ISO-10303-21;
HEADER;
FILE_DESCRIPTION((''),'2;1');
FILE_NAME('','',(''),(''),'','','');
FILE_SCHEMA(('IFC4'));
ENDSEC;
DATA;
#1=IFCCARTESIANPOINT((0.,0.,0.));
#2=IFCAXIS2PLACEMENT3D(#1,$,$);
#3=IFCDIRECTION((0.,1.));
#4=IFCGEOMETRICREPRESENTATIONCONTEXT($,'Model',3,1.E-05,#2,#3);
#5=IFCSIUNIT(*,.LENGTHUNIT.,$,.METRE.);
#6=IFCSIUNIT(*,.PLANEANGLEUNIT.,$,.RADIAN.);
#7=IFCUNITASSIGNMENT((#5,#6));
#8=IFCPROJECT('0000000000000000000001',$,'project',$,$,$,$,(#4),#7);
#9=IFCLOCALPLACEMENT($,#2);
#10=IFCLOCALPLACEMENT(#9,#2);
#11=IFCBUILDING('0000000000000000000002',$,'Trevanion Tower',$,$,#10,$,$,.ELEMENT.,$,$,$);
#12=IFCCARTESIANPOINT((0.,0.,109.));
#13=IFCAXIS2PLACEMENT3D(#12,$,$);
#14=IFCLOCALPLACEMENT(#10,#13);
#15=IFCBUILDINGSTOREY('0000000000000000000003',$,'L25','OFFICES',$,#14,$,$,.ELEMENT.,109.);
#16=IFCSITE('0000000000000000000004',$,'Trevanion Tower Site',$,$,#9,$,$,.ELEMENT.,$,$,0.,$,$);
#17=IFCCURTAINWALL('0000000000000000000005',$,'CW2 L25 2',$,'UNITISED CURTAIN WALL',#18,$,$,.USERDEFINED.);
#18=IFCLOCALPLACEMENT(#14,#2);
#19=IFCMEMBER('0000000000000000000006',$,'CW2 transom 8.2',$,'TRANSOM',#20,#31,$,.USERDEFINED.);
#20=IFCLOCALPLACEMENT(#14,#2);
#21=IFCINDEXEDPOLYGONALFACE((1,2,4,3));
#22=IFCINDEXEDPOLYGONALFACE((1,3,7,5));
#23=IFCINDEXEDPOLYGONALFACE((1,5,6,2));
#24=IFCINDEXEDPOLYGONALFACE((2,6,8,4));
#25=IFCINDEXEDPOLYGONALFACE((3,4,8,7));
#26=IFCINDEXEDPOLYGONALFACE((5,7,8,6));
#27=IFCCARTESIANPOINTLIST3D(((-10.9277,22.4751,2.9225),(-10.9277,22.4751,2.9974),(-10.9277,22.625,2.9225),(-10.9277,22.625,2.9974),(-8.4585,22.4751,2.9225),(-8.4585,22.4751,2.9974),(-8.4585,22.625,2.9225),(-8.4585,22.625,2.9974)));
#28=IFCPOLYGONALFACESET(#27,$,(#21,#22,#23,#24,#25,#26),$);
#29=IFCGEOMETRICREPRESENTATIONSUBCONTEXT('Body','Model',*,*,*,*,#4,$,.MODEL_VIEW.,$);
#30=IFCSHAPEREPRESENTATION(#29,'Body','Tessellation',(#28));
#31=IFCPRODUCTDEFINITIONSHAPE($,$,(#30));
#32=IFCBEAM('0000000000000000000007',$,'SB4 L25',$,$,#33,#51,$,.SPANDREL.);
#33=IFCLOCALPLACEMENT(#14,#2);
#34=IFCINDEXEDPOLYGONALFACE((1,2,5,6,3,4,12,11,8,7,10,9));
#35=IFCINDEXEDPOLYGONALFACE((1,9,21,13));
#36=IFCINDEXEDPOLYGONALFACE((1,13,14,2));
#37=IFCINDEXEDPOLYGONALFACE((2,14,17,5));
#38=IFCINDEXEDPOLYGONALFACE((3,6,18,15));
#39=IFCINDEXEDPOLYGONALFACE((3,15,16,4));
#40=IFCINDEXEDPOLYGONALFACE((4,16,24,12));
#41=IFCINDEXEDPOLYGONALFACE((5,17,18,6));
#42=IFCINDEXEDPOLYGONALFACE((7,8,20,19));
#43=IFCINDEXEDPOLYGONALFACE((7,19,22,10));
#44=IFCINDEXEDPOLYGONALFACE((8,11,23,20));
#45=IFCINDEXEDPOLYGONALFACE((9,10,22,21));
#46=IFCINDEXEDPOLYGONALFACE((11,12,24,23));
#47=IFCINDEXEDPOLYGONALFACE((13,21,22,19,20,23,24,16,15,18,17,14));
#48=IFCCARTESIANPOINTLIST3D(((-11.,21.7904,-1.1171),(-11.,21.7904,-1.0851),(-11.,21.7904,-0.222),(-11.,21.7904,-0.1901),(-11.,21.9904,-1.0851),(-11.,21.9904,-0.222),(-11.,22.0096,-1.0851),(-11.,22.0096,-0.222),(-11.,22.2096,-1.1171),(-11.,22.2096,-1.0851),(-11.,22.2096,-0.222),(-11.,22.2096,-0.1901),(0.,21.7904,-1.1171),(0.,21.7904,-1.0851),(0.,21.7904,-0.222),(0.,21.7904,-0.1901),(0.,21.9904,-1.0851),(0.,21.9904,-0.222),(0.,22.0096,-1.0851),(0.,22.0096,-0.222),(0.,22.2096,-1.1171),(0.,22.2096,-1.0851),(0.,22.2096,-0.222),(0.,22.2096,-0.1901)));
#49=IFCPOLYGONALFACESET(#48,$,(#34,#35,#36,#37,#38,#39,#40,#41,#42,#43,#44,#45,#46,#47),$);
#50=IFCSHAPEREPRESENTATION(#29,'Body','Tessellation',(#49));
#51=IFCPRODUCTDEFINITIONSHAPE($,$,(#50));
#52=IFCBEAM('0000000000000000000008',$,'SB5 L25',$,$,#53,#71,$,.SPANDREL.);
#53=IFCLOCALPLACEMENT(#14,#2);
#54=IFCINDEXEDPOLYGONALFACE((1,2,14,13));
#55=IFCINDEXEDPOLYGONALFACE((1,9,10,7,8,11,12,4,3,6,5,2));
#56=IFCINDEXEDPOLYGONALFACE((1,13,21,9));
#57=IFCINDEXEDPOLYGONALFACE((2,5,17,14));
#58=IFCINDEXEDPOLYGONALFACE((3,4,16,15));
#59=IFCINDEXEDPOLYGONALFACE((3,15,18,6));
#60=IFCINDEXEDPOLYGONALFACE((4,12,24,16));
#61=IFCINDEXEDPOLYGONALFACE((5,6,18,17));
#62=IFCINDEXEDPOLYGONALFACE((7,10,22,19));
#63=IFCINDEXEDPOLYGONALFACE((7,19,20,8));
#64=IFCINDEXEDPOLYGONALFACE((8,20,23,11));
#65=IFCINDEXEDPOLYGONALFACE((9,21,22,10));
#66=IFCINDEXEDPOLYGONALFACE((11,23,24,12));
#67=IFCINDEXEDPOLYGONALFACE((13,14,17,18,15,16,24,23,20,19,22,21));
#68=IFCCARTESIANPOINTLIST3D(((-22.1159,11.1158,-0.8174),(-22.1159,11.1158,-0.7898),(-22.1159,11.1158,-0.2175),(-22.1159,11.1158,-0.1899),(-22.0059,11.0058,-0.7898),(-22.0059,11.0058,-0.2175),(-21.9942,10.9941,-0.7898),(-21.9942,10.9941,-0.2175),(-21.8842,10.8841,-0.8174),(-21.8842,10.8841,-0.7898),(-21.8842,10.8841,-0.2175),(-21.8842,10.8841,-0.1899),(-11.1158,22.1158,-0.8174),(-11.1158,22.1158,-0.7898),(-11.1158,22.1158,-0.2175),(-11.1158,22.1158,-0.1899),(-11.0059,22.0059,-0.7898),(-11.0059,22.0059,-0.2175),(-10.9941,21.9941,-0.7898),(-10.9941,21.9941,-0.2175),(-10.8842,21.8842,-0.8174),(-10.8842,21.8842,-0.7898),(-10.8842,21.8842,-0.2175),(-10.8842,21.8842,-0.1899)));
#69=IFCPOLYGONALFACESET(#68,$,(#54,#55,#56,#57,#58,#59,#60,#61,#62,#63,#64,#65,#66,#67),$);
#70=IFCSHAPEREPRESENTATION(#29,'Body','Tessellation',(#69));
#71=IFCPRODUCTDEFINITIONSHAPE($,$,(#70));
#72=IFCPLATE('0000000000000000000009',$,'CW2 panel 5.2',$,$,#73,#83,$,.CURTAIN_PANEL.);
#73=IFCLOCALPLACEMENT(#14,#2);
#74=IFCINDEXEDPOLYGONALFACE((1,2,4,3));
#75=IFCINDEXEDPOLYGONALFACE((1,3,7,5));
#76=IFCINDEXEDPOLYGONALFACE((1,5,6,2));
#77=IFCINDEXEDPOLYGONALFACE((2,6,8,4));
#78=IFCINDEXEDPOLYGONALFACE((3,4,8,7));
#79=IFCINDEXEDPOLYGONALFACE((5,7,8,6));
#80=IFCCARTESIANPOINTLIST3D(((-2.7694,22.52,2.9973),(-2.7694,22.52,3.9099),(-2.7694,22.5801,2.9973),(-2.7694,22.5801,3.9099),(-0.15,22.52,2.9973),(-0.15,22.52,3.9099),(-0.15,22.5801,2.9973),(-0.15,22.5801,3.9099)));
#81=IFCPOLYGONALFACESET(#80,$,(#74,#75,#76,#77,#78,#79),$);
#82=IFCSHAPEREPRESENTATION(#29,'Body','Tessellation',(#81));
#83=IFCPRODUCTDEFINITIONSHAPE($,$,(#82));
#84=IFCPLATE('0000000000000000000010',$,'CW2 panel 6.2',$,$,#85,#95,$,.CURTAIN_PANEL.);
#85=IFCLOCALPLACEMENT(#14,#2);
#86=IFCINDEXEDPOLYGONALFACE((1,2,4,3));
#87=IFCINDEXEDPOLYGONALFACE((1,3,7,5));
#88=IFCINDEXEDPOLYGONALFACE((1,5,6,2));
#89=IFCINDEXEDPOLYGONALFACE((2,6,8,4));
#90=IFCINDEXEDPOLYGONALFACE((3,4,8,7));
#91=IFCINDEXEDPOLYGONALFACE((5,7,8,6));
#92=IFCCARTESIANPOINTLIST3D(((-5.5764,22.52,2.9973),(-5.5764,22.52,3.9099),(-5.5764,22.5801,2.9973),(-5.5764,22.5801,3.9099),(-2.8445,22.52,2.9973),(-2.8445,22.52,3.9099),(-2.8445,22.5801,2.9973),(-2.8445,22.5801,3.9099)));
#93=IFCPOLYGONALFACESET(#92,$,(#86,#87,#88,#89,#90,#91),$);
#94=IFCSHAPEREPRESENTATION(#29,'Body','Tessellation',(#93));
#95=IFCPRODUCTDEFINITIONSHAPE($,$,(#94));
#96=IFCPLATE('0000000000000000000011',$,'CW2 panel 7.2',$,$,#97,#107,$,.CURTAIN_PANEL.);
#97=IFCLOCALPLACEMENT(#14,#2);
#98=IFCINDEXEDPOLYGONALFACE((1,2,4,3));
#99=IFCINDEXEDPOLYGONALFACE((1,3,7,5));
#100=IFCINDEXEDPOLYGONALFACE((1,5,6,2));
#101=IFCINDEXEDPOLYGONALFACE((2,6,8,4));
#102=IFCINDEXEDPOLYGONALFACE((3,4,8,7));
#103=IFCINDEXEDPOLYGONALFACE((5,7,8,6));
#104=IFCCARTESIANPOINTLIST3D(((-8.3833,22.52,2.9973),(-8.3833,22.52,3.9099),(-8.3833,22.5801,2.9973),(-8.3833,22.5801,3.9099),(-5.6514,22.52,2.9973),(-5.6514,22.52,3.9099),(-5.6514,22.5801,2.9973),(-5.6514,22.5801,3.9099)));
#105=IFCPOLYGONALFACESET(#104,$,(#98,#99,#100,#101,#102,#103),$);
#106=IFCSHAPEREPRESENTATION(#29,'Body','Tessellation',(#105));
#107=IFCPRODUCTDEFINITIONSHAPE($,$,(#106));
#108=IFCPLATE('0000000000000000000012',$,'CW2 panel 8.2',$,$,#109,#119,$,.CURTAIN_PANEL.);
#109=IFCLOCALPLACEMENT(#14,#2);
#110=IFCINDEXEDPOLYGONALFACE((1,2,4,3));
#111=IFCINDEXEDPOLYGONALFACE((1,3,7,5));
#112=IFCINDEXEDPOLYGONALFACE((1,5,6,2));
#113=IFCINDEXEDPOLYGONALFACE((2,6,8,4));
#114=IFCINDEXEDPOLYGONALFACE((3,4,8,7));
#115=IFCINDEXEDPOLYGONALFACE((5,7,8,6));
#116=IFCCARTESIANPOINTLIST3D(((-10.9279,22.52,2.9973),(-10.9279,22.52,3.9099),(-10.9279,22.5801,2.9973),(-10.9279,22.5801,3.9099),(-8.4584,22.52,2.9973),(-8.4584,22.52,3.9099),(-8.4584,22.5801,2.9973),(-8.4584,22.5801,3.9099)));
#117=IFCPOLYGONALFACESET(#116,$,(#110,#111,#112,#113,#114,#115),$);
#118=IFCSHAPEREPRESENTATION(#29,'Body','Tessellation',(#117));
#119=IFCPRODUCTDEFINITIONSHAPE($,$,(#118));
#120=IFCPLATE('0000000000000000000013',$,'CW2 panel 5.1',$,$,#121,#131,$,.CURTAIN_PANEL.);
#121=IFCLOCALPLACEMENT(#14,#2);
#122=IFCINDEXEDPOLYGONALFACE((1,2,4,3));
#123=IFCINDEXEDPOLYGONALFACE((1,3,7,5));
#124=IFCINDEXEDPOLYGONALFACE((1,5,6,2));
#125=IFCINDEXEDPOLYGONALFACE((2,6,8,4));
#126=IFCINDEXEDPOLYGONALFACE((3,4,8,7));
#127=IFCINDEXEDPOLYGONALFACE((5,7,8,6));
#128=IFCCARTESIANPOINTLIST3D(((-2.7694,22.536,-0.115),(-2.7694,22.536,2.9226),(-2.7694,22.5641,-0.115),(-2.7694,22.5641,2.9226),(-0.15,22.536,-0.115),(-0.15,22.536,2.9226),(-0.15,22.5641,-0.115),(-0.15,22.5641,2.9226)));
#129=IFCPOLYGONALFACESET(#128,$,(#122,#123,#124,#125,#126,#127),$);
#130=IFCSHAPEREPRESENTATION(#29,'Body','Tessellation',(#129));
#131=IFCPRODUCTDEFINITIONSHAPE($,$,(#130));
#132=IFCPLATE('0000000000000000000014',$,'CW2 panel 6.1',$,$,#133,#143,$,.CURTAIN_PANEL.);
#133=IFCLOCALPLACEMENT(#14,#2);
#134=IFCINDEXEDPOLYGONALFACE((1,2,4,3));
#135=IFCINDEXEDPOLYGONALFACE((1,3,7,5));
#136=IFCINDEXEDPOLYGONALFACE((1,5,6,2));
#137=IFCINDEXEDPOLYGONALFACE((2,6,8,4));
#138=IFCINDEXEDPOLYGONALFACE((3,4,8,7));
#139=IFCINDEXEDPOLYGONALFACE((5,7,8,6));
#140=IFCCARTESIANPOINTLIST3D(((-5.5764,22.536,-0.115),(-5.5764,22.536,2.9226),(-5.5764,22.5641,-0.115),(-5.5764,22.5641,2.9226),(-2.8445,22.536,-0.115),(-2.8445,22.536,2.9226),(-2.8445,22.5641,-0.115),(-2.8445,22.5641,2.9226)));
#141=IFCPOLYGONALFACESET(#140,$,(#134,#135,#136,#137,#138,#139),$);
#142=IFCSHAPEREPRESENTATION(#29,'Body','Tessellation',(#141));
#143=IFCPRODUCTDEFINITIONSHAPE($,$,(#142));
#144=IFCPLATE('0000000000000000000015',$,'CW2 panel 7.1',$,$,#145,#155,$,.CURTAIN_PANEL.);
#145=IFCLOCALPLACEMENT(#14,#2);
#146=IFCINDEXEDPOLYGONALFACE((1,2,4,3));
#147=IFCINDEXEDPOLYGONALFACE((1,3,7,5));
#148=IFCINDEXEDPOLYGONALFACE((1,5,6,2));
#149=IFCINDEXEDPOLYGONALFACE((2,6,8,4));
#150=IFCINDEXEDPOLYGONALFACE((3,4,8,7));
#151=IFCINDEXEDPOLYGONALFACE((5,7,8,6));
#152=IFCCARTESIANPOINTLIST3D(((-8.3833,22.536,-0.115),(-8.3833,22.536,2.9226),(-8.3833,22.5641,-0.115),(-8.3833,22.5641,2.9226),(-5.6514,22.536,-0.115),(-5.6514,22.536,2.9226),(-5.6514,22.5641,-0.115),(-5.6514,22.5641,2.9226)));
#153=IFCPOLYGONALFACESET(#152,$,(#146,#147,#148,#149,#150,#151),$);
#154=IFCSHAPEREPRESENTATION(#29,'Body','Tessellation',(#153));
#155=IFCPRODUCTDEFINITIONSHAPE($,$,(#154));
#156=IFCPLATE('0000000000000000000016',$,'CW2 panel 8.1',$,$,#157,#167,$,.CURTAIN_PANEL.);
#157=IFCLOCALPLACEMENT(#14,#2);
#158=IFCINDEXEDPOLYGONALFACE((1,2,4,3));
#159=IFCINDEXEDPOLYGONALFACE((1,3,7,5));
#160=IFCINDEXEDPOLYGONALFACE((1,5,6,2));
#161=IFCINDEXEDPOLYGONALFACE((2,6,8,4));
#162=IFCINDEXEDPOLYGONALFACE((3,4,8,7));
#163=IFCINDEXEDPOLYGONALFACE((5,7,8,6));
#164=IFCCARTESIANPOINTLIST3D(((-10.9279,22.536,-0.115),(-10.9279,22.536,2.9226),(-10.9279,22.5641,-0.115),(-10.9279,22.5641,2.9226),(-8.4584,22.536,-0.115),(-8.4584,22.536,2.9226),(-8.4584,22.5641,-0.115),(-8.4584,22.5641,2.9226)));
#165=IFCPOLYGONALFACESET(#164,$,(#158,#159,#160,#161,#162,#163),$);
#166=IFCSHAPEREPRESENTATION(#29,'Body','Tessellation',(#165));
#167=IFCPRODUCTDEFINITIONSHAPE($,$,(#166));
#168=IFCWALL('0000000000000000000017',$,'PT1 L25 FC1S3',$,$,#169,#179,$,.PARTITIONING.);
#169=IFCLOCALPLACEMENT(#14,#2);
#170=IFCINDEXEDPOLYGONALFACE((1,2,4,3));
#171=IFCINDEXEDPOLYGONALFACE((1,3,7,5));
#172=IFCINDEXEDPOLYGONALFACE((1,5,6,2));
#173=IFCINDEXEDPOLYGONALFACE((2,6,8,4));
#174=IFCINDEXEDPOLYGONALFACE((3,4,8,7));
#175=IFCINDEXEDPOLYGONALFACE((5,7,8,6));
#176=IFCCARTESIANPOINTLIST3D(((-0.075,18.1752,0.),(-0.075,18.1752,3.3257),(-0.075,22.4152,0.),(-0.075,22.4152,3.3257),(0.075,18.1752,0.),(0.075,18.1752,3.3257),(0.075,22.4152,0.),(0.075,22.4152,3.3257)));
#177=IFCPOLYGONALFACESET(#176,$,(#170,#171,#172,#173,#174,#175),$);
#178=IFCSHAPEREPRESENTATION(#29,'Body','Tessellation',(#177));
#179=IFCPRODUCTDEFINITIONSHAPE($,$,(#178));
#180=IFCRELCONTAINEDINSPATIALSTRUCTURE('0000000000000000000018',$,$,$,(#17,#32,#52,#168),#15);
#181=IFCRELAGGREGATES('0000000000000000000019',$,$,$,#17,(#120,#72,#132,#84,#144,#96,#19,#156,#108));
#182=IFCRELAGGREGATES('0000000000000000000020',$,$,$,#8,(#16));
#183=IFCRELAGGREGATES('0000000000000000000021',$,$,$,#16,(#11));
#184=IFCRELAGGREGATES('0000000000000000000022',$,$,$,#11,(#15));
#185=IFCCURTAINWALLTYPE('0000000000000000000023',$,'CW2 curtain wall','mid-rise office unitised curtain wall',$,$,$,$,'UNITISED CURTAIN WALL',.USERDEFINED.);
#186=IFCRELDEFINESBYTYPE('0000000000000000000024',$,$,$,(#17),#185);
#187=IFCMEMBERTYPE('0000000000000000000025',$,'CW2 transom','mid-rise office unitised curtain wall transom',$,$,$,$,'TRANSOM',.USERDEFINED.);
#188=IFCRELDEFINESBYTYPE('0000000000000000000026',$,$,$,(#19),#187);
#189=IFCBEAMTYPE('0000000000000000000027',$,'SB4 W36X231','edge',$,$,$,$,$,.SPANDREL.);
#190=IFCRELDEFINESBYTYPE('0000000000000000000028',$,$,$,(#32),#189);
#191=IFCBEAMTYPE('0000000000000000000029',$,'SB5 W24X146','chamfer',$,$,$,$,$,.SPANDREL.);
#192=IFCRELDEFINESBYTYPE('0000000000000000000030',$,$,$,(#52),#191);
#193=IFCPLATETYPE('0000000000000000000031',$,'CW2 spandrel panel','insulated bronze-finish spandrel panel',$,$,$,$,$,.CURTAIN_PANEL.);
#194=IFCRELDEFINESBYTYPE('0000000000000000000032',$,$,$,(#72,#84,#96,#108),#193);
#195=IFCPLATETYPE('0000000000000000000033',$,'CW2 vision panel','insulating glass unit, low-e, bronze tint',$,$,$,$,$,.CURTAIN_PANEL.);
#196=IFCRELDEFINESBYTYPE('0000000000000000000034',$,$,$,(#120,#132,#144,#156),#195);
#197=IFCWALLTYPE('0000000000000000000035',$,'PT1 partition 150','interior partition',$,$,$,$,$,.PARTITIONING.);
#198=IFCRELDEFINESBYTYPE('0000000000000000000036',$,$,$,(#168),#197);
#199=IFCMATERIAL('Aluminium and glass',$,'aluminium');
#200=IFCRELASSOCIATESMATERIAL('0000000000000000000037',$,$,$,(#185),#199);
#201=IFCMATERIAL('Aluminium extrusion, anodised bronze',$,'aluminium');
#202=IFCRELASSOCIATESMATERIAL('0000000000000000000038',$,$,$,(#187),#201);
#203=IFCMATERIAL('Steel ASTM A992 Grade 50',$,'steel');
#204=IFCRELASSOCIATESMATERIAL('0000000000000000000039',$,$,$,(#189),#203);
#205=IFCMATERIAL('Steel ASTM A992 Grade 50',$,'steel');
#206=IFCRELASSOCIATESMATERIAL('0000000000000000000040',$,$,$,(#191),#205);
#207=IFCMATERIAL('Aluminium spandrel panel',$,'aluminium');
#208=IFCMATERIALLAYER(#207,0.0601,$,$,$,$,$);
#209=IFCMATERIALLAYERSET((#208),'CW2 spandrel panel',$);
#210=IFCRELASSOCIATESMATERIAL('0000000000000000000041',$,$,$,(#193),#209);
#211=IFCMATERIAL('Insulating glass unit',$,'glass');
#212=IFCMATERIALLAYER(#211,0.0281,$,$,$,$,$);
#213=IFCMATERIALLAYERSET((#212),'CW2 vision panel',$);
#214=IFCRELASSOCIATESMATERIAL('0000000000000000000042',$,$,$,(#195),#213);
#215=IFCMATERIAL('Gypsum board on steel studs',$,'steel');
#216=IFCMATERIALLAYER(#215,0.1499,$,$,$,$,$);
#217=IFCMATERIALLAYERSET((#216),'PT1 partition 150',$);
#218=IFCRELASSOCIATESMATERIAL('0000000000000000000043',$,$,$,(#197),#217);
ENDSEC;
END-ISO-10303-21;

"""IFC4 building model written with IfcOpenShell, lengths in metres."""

from ifc_helpers import new_model, si_unit, direction, frame, frame_2d, origin, origin_2d, place, context, subcontext, project, spatial, rectangle, i_section, extrude, material, layer, layer_set, material_profile, profile_set, type_object, element, aggregate, save


model = new_model("IFC4")

# Units and contexts
model_context = context("Model", 3, precision=1e-05, world=origin(), true_north=direction((0.0, 1.0)))
body_context = subcontext(model_context, "Body", "Model", "MODEL_VIEW")
ifc_project = project(units=[si_unit("LENGTHUNIT", "METRE"), si_unit("PLANEANGLEUNIT", "RADIAN")], contexts=[model_context])

# Site, building, storey
site_placement = place(None, origin())
site = spatial("IfcSite", under=ifc_project, at=site_placement, Name="Trevanion Tower Site", CompositionType="ELEMENT", RefElevation=0.0)
building_placement = place(site_placement, origin())
building = spatial("IfcBuilding", under=site, at=building_placement, Name="Trevanion Tower", CompositionType="ELEMENT")
storey_placement = place(building_placement, frame((0.0, 0.0, 109.0)))
storey = spatial("IfcBuildingStorey", under=building, at=storey_placement, Name="L25", Description="OFFICES", CompositionType="ELEMENT", Elevation=109.0)

# Curtain wall, member
ifc_material_1 = material(Name="Aluminium and glass", Category="aluminium")
curtain_wall_type = type_object("IfcCurtainWallType", Name="CW2 curtain wall", Description="mid-rise office unitised curtain wall", ElementType="UNITISED CURTAIN WALL", PredefinedType="USERDEFINED", material=ifc_material_1)
curtain_wall_placement = place(storey_placement, origin())
curtain_wall = element("IfcCurtainWall", 1, at=curtain_wall_placement, inside=storey, type_object=curtain_wall_type, Name="CW2 L25 2", ObjectType="UNITISED CURTAIN WALL", PredefinedType="USERDEFINED")
ifc_material_2 = material(Name="Aluminium extrusion, anodised bronze", Category="aluminium")
ifc_material_profile_1 = material_profile(ifc_material_2, rectangle(XDim=0.1499, YDim=0.075, at=origin_2d()), Name="CW2 transom")
ifc_profile_set_1 = profile_set([ifc_material_profile_1], Name="Aluminium extrusion, anodised bronze")
member_type_1 = type_object("IfcMemberType", Name="CW2 transom", Description="mid-rise office unitised curtain wall transom", ElementType="TRANSOM", PredefinedType="USERDEFINED", material=ifc_profile_set_1)
member_1_placement = place(storey_placement, frame((-8.4585, 22.55, 2.96), z_axis=(-1.0, 0.0, 0.0), x_axis=(0.0, -1.0, 0.0)))
member_1 = element("IfcMember", 2, at=member_1_placement, type_object=member_type_1, Name="CW2 transom 8.2", ObjectType="TRANSOM", PredefinedType="USERDEFINED", context=body_context, shape_type="SweptSolid", body=[
    extrude(rectangle(XDim=0.1499, YDim=0.075, at=origin_2d()), origin(), (0.0, 0.0, 1.0), 2.4692),
])

# Beams
ifc_material_3 = material(Name="Steel ASTM A992 Grade 50", Category="steel")
ifc_material_profile_2 = material_profile(ifc_material_3, i_section(OverallWidth=0.4192, OverallDepth=0.927, WebThickness=0.0193, FlangeThickness=0.032, at=origin_2d()), Name="W36X231")
ifc_profile_set_2 = profile_set([ifc_material_profile_2], Name="Steel ASTM A992 Grade 50")
beam_type_1 = type_object("IfcBeamType", Name="SB4 W36X231", Description="edge", PredefinedType="SPANDREL", material=ifc_profile_set_2)
beam_1_placement = place(storey_placement, frame((0.0, 22.0, -0.6536), z_axis=(-1.0, 0.0, 0.0), x_axis=(0.0, -1.0, 0.0)))
element("IfcBeam", 3, at=beam_1_placement, inside=storey, type_object=beam_type_1, Name="SB4 L25", PredefinedType="SPANDREL", context=body_context, shape_type="SweptSolid", body=[
    extrude(i_section(OverallWidth=0.4192, OverallDepth=0.927, WebThickness=0.0193, FlangeThickness=0.032, at=origin_2d()), origin(), (0.0, 0.0, 1.0), 11.0),
])
ifc_material_4 = material(Name="Steel ASTM A992 Grade 50", Category="steel")
ifc_material_profile_3 = material_profile(ifc_material_4, i_section(OverallWidth=0.3276, OverallDepth=0.6274, WebThickness=0.0166, FlangeThickness=0.0276, at=origin_2d()), Name="W24X146")
ifc_profile_set_3 = profile_set([ifc_material_profile_3], Name="Steel ASTM A992 Grade 50")
beam_type_2 = type_object("IfcBeamType", Name="SB5 W24X146", Description="chamfer", PredefinedType="SPANDREL", material=ifc_profile_set_3)
beam_2_placement = place(storey_placement, frame((-11.0, 22.0, -0.5037), z_axis=(-0.707107, -0.707107, 0.0), x_axis=(0.707107, -0.707107, 0.0)))
element("IfcBeam", 4, at=beam_2_placement, inside=storey, type_object=beam_type_2, Name="SB5 L25", PredefinedType="SPANDREL", context=body_context, shape_type="SweptSolid", body=[
    extrude(i_section(OverallWidth=0.3276, OverallDepth=0.6274, WebThickness=0.0166, FlangeThickness=0.0276, at=origin_2d()), origin(), (0.0, 0.0, 1.0), 15.5564),
])

# Plates
ifc_material_5 = material(Name="Aluminium spandrel panel", Category="aluminium")
ifc_layer_1 = layer(ifc_material_5, 0.0601)
ifc_layer_set_1 = layer_set([ifc_layer_1], Name="CW2 spandrel panel")
plate_type_1 = type_object("IfcPlateType", Name="CW2 spandrel panel", Description="insulated bronze-finish spandrel panel", PredefinedType="CURTAIN_PANEL", material=ifc_layer_set_1)
plate_1_placement = place(storey_placement, frame((-1.4597, 22.55, 2.9973), z_axis=(0.0, 0.0, 1.0), x_axis=(-1.0, 0.0, 0.0)))
plate_1 = element("IfcPlate", 5, at=plate_1_placement, type_object=plate_type_1, Name="CW2 panel 5.2", PredefinedType="CURTAIN_PANEL", context=body_context, shape_type="SweptSolid", body=[
    extrude(rectangle(XDim=2.6194, YDim=0.0601, at=origin_2d()), origin(), (0.0, 0.0, 1.0), 0.9126),
])
plate_2_placement = place(storey_placement, frame((-4.2104, 22.55, 2.9973), z_axis=(0.0, 0.0, 1.0), x_axis=(-1.0, 0.0, 0.0)))
plate_2 = element("IfcPlate", 6, at=plate_2_placement, type_object=plate_type_1, Name="CW2 panel 6.2", PredefinedType="CURTAIN_PANEL", context=body_context, shape_type="SweptSolid", body=[
    extrude(rectangle(XDim=2.7319, YDim=0.0601, at=origin_2d()), origin(), (0.0, 0.0, 1.0), 0.9126),
])
plate_3_placement = place(storey_placement, frame((-7.0173, 22.55, 2.9973), z_axis=(0.0, 0.0, 1.0), x_axis=(-1.0, 0.0, 0.0)))
plate_3 = element("IfcPlate", 7, at=plate_3_placement, type_object=plate_type_1, Name="CW2 panel 7.2", PredefinedType="CURTAIN_PANEL", context=body_context, shape_type="SweptSolid", body=[
    extrude(rectangle(XDim=2.7319, YDim=0.0601, at=origin_2d()), origin(), (0.0, 0.0, 1.0), 0.9126),
])
plate_4_placement = place(storey_placement, frame((-9.6931, 22.55, 2.9973), z_axis=(0.0, 0.0, 1.0), x_axis=(-1.0, 0.0, 0.0)))
plate_4 = element("IfcPlate", 8, at=plate_4_placement, type_object=plate_type_1, Name="CW2 panel 8.2", PredefinedType="CURTAIN_PANEL", context=body_context, shape_type="SweptSolid", body=[
    extrude(rectangle(XDim=2.4695, YDim=0.0601, at=origin_2d()), origin(), (0.0, 0.0, 1.0), 0.9126),
])
ifc_material_6 = material(Name="Insulating glass unit", Category="glass")
ifc_layer_2 = layer(ifc_material_6, 0.0281)
ifc_layer_set_2 = layer_set([ifc_layer_2], Name="CW2 vision panel")
plate_type_2 = type_object("IfcPlateType", Name="CW2 vision panel", Description="insulating glass unit, low-e, bronze tint", PredefinedType="CURTAIN_PANEL", material=ifc_layer_set_2)
plate_5_placement = place(storey_placement, frame((-1.4597, 22.55, -0.115), z_axis=(0.0, 0.0, 1.0), x_axis=(-1.0, 0.0, 0.0)))
plate_5 = element("IfcPlate", 9, at=plate_5_placement, type_object=plate_type_2, Name="CW2 panel 5.1", PredefinedType="CURTAIN_PANEL", context=body_context, shape_type="SweptSolid", body=[
    extrude(rectangle(XDim=2.6194, YDim=0.0281, at=origin_2d()), origin(), (0.0, 0.0, 1.0), 3.0376),
])
plate_6_placement = place(storey_placement, frame((-4.2104, 22.55, -0.115), z_axis=(0.0, 0.0, 1.0), x_axis=(-1.0, 0.0, 0.0)))
plate_6 = element("IfcPlate", 10, at=plate_6_placement, type_object=plate_type_2, Name="CW2 panel 6.1", PredefinedType="CURTAIN_PANEL", context=body_context, shape_type="SweptSolid", body=[
    extrude(rectangle(XDim=2.7319, YDim=0.0281, at=origin_2d()), origin(), (0.0, 0.0, 1.0), 3.0376),
])
plate_7_placement = place(storey_placement, frame((-7.0173, 22.55, -0.115), z_axis=(0.0, 0.0, 1.0), x_axis=(-1.0, 0.0, 0.0)))
plate_7 = element("IfcPlate", 11, at=plate_7_placement, type_object=plate_type_2, Name="CW2 panel 7.1", PredefinedType="CURTAIN_PANEL", context=body_context, shape_type="SweptSolid", body=[
    extrude(rectangle(XDim=2.7319, YDim=0.0281, at=origin_2d()), origin(), (0.0, 0.0, 1.0), 3.0376),
])
plate_8_placement = place(storey_placement, frame((-9.6931, 22.55, -0.115), z_axis=(0.0, 0.0, 1.0), x_axis=(-1.0, 0.0, 0.0)))
plate_8 = element("IfcPlate", 12, at=plate_8_placement, type_object=plate_type_2, Name="CW2 panel 8.1", PredefinedType="CURTAIN_PANEL", context=body_context, shape_type="SweptSolid", body=[
    extrude(rectangle(XDim=2.4695, YDim=0.0281, at=origin_2d()), origin(), (0.0, 0.0, 1.0), 3.0376),
])
aggregate(curtain_wall, [plate_5, plate_1, plate_6, plate_2, plate_7, plate_3, member_1, plate_8, plate_4])

# Wall
ifc_material_7 = material(Name="Gypsum board on steel studs", Category="steel")
ifc_layer_3 = layer(ifc_material_7, 0.1499)
ifc_layer_set_3 = layer_set([ifc_layer_3], Name="PT1 partition 150")
wall_type_1 = type_object("IfcWallType", Name="PT1 partition 150", Description="interior partition", PredefinedType="PARTITIONING", material=ifc_layer_set_3)
wall_1_placement = place(storey_placement, frame((0.0, 18.175, 0.0), z_axis=(0.0, 0.0, 1.0), x_axis=(0.0, 1.0, 0.0)))
element("IfcWall", 13, at=wall_1_placement, inside=storey, type_object=wall_type_1, Name="PT1 L25 FC1S3", PredefinedType="PARTITIONING", context=body_context, shape_type="SweptSolid", body=[
    extrude(rectangle(XDim=4.24, YDim=0.1499, at=frame_2d((2.1201, 0.0))), origin(), (0.0, 0.0, 1.0), 3.3257),
])

save(model, "model.ifc")
